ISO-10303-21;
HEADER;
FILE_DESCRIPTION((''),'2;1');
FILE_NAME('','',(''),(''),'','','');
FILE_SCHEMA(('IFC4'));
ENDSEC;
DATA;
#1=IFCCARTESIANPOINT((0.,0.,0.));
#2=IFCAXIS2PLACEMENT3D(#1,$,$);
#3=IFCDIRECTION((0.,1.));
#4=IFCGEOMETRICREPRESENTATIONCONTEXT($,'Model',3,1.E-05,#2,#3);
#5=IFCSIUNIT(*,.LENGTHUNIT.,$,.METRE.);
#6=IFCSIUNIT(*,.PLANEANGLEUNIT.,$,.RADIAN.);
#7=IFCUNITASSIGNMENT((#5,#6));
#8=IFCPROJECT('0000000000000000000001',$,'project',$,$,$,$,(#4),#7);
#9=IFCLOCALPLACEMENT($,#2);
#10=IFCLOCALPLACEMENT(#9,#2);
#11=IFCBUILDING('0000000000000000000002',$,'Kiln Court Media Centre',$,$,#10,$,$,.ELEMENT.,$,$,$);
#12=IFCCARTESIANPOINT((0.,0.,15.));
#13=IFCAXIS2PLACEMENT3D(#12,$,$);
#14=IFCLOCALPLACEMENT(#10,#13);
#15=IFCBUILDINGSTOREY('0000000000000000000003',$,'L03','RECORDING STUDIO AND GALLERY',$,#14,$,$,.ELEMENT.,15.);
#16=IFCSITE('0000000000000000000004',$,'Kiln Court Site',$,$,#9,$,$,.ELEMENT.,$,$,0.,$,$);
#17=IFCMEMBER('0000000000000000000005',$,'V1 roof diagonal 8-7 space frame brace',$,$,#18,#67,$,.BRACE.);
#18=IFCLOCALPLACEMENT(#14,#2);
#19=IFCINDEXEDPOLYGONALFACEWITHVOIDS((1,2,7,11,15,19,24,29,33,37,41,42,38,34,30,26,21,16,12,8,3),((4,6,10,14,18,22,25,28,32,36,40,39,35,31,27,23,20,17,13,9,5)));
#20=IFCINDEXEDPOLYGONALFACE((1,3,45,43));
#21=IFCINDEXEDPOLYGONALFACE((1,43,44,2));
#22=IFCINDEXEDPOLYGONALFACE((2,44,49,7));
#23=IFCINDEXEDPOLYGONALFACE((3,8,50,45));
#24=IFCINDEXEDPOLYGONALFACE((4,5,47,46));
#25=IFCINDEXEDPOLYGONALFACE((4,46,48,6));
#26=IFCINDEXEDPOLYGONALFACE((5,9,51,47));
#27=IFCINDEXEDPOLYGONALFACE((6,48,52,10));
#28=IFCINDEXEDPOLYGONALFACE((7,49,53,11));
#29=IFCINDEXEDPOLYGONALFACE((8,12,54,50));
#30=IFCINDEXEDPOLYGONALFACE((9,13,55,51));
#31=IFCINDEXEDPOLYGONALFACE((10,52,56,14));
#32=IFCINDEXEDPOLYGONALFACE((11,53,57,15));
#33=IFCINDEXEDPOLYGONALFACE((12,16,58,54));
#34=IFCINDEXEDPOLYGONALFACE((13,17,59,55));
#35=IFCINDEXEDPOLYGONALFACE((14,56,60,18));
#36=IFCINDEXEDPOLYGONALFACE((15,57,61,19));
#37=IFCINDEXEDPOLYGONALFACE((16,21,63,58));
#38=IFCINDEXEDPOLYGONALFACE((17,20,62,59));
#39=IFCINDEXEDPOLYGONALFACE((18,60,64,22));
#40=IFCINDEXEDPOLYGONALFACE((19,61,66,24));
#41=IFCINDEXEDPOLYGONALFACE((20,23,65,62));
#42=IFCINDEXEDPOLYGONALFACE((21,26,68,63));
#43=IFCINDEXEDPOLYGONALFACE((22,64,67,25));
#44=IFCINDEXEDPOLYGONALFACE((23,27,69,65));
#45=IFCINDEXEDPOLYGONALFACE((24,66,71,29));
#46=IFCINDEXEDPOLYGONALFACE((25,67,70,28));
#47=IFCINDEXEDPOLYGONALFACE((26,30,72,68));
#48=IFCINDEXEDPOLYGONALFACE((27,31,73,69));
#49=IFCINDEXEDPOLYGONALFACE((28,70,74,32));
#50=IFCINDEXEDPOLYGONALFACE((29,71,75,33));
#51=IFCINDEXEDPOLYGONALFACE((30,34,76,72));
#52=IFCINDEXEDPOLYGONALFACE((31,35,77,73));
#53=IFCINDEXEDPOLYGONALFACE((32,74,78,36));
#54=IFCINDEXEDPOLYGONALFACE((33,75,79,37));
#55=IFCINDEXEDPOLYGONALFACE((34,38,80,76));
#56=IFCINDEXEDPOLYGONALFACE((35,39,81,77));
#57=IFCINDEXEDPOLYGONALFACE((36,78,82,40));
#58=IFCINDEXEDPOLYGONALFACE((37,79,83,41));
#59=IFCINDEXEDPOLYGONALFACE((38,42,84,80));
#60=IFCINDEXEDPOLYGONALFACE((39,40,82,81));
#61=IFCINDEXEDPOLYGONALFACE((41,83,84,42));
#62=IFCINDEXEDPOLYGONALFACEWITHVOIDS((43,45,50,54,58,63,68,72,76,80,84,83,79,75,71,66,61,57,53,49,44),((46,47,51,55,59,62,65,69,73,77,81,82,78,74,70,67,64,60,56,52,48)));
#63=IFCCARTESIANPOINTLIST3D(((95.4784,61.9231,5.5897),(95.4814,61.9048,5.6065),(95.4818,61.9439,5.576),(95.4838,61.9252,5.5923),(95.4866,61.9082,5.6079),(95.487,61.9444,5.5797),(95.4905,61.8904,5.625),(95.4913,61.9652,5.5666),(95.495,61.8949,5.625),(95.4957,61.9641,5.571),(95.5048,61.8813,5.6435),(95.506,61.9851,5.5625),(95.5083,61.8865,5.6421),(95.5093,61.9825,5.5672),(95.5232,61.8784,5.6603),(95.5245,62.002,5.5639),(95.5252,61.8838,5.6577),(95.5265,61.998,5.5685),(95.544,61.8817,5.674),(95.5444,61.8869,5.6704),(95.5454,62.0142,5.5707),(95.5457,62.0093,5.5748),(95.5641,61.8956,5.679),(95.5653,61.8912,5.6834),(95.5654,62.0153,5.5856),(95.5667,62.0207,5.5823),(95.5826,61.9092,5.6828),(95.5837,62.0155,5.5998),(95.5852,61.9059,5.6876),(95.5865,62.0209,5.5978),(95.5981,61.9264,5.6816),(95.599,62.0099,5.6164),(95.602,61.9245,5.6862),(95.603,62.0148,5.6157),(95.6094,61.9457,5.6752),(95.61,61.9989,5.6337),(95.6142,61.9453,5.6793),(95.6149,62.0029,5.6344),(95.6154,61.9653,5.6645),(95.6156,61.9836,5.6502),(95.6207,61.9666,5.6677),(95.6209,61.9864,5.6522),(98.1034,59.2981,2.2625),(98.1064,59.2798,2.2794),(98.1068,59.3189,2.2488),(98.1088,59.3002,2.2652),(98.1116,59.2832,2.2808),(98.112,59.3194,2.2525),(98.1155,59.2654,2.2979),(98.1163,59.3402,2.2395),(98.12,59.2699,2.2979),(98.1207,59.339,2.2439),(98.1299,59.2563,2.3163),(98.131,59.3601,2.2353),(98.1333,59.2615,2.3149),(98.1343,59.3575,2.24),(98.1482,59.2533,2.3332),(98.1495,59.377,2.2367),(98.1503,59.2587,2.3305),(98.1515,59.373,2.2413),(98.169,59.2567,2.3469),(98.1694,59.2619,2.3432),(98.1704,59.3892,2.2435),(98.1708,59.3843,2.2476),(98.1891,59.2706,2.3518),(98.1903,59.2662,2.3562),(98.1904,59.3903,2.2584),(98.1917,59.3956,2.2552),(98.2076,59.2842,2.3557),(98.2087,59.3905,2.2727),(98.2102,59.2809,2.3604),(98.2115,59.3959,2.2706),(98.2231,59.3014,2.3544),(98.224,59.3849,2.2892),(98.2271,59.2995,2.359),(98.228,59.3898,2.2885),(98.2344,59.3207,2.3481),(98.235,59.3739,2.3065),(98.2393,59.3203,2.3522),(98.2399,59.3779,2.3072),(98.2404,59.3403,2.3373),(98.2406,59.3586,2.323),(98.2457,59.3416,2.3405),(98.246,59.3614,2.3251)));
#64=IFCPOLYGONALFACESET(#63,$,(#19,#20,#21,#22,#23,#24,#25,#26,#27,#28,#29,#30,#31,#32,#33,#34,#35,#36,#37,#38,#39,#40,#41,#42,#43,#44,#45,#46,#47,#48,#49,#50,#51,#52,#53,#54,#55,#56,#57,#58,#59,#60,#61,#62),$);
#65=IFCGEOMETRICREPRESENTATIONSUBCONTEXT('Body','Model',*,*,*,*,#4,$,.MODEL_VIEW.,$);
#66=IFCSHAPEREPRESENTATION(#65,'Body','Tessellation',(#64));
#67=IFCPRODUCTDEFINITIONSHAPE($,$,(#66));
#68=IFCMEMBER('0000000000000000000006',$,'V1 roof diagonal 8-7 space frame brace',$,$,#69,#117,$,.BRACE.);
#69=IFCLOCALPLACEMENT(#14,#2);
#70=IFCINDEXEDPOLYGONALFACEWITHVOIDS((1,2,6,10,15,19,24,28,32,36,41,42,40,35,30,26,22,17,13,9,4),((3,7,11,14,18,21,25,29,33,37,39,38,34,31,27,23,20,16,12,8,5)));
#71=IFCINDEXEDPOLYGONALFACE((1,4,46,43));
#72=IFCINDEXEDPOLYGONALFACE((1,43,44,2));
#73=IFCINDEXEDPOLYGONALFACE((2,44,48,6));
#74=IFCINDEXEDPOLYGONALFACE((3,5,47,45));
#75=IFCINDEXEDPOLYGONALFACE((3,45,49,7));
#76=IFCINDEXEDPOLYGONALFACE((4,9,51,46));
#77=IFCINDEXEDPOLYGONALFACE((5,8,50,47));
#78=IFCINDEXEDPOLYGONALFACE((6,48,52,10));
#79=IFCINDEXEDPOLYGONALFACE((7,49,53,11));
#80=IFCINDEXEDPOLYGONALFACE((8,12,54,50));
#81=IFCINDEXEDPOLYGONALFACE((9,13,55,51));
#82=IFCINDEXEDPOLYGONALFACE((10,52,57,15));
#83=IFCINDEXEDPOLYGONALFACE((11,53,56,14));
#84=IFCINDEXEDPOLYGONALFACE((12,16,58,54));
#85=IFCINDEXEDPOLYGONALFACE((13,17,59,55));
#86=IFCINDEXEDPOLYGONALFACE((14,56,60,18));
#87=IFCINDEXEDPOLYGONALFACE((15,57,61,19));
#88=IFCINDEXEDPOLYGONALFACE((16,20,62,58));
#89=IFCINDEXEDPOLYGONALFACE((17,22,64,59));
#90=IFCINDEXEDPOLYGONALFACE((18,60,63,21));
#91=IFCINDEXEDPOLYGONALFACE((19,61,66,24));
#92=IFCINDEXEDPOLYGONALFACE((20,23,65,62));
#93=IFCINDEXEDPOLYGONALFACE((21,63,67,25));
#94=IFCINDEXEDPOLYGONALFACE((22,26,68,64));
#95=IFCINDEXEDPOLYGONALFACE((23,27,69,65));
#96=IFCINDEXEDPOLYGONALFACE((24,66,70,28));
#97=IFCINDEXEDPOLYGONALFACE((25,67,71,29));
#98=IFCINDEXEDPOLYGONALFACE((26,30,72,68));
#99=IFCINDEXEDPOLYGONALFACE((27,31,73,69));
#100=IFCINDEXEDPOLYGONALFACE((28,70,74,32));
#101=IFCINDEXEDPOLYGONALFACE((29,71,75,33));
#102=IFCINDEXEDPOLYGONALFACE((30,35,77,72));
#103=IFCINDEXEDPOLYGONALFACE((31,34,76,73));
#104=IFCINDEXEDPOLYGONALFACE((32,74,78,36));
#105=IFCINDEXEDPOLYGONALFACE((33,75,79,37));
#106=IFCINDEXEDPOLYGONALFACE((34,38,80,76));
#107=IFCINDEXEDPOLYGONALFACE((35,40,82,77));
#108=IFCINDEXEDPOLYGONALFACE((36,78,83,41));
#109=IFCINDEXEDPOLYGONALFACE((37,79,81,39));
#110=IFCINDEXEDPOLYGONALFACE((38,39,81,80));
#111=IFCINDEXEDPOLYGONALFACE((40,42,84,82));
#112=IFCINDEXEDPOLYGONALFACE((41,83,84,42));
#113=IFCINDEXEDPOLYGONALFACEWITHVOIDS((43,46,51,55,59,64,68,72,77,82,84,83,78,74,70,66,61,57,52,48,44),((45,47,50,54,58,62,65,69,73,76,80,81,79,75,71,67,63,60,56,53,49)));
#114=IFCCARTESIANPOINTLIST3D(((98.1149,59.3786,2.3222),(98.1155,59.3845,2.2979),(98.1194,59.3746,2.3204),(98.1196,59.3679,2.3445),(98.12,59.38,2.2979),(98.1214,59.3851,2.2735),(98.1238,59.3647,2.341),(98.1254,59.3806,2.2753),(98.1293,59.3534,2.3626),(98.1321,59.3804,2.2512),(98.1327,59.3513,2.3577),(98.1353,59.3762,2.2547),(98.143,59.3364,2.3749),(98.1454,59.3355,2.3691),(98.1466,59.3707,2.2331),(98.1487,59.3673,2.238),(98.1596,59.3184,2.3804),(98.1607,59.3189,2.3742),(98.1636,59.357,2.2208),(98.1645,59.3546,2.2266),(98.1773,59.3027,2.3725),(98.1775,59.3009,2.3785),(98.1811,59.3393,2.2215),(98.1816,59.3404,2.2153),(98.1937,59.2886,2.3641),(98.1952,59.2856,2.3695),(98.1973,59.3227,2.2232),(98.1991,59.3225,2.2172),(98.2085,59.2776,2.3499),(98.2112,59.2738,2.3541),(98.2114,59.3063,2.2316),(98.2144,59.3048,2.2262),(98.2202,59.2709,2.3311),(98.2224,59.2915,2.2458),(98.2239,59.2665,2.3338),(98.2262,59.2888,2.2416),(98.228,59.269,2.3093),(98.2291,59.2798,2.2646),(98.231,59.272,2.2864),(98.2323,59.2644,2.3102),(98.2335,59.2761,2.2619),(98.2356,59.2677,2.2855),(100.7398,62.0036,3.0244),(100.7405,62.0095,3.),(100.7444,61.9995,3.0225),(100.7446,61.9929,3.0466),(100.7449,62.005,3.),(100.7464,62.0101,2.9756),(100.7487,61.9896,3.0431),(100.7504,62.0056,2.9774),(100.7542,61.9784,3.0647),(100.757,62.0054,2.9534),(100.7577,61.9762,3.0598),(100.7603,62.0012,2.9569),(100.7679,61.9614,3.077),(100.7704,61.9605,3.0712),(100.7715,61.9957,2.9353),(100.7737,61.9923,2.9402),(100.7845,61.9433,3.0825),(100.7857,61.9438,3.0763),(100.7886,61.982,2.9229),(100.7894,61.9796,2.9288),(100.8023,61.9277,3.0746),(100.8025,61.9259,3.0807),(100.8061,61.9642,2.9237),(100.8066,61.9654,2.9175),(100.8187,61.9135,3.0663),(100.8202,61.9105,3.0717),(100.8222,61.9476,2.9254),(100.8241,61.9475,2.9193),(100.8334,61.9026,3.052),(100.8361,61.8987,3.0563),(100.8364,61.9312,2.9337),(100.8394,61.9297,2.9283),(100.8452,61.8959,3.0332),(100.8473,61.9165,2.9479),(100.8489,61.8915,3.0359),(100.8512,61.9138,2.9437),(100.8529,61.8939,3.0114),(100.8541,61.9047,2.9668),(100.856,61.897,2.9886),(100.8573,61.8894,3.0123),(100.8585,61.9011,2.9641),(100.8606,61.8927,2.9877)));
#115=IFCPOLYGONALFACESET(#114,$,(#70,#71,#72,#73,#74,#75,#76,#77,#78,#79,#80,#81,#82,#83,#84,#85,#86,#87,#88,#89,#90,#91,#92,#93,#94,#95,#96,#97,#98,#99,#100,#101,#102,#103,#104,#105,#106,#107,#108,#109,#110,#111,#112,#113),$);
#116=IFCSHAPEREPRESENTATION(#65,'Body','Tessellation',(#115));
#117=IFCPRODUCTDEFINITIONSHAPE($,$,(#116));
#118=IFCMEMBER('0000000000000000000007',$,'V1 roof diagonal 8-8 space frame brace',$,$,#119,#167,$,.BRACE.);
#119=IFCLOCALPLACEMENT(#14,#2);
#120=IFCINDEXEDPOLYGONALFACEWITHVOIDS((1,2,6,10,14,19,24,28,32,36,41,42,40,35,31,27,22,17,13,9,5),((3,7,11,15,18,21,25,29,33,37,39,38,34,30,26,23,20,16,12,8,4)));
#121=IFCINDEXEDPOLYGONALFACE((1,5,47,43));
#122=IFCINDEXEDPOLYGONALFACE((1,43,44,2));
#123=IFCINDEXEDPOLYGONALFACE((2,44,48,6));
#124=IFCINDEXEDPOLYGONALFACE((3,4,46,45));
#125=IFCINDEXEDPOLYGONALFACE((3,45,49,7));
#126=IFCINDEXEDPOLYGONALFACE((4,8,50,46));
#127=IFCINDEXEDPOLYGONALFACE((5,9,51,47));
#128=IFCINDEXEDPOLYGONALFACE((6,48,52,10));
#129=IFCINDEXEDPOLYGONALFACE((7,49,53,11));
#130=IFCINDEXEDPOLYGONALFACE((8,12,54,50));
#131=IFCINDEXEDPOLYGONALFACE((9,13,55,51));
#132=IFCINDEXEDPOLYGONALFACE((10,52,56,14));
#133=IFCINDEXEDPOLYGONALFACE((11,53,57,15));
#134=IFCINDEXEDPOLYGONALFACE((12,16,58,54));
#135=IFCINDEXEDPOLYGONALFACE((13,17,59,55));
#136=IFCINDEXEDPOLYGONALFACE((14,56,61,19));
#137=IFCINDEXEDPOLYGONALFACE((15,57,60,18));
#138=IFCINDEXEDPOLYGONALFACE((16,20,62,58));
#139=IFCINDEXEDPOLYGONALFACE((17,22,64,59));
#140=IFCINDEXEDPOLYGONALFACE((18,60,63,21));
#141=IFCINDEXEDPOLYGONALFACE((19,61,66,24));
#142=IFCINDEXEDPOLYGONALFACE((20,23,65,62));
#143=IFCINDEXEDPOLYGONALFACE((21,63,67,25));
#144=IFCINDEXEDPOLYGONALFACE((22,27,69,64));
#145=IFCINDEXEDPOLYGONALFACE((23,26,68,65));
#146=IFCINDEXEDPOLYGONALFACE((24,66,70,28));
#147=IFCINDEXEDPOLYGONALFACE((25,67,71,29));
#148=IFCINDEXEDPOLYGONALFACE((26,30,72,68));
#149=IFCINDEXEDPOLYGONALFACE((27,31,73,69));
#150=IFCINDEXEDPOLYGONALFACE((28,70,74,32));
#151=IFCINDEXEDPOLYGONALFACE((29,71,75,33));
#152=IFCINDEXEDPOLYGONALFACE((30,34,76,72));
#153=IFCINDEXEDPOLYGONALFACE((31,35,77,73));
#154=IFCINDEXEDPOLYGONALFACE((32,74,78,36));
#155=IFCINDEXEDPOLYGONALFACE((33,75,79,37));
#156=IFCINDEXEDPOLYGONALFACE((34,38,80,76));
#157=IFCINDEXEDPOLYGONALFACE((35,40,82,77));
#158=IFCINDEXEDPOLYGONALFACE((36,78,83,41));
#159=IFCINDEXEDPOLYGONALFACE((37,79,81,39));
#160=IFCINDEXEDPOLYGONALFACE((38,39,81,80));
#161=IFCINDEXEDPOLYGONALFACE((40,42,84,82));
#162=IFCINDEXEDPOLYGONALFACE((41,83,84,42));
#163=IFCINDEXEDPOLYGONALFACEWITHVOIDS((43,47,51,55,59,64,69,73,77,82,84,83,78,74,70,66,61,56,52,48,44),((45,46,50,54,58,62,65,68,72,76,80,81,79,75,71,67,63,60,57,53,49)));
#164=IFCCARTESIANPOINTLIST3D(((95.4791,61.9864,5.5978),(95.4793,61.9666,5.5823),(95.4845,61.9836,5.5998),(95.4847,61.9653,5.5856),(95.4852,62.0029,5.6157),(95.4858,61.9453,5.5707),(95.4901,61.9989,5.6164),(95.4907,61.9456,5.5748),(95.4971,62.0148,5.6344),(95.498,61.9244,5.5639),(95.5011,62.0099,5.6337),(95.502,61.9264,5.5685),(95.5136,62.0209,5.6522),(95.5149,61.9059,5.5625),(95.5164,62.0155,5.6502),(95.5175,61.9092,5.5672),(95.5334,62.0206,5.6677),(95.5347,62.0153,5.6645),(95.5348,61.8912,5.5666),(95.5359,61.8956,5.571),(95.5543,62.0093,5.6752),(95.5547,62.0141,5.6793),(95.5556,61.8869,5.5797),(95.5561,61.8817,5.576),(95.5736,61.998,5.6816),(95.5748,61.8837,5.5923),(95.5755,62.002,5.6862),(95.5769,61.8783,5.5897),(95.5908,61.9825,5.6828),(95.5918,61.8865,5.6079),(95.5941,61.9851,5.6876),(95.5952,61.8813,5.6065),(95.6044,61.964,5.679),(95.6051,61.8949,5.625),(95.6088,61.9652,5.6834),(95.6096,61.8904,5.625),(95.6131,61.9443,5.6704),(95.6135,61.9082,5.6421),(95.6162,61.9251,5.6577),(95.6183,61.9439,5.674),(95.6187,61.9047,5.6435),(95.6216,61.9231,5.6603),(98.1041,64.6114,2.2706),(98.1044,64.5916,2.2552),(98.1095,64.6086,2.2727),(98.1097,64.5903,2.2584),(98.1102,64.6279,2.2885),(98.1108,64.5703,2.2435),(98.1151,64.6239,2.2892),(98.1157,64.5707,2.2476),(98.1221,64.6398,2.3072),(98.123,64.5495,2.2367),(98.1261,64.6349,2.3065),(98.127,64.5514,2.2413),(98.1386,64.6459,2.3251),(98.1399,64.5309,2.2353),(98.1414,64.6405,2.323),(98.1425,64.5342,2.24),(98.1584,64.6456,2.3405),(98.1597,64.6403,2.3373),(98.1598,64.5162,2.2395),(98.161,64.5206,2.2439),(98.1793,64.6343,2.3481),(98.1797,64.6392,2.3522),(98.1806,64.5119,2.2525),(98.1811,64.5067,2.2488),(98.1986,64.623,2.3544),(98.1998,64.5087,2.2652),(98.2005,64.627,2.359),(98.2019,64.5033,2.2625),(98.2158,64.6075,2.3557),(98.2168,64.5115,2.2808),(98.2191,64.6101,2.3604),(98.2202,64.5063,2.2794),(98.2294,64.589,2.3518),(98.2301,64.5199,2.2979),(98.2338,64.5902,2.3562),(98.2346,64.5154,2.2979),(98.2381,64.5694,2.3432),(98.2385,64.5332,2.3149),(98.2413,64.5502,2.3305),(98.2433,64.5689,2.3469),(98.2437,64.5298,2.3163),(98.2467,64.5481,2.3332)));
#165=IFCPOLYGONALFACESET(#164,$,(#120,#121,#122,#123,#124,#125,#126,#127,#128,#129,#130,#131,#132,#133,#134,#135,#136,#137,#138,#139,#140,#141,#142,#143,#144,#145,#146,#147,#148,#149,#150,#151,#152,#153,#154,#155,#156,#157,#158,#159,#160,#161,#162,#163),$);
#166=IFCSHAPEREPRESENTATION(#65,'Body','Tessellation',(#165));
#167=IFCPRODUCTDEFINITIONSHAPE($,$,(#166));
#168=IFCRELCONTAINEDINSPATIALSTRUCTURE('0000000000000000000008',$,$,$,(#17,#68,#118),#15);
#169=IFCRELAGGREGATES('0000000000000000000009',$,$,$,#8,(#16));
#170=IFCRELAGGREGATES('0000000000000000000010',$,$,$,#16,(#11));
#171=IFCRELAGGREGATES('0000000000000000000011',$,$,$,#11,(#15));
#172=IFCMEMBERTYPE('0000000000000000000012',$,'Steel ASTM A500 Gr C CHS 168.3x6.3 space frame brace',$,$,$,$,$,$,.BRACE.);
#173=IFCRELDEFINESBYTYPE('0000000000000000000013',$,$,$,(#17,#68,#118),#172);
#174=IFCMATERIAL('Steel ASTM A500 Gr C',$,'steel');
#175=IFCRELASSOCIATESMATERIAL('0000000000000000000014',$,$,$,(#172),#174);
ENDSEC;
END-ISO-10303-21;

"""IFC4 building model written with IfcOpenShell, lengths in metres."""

from ifc_helpers import new_model, si_unit, direction, frame, origin, origin_2d, place, context, subcontext, project, spatial, hollow_circle, extrude, material, material_profile, profile_set, type_object, element, save


model = new_model("IFC4")

# Units and contexts
model_context = context("Model", 3, precision=1e-05, world=origin(), true_north=direction((0.0, 1.0)))
body_context = subcontext(model_context, "Body", "Model", "MODEL_VIEW")
ifc_project = project(units=[si_unit("LENGTHUNIT", "METRE"), si_unit("PLANEANGLEUNIT", "RADIAN")], contexts=[model_context])

# Site, building, storey
site_placement = place(None, origin())
site = spatial("IfcSite", under=ifc_project, at=site_placement, Name="Kiln Court Site", CompositionType="ELEMENT", RefElevation=0.0)
building_placement = place(site_placement, origin())
building = spatial("IfcBuilding", under=site, at=building_placement, Name="Kiln Court Media Centre", CompositionType="ELEMENT")
storey_placement = place(building_placement, frame((0.0, 0.0, 15.0)))
storey = spatial("IfcBuildingStorey", under=building, at=storey_placement, Name="L03", Description="RECORDING STUDIO AND GALLERY", CompositionType="ELEMENT", Elevation=15.0)

# Members
ifc_material_1 = material(Name="Steel ASTM A500 Gr C", Category="steel")
ifc_material_profile_1 = material_profile(ifc_material_1, hollow_circle(Radius=0.0842, WallThickness=0.0063, at=origin_2d()), Name="CHS 168.3x6.3")
ifc_profile_set_1 = profile_set([ifc_material_profile_1], Name="Steel ASTM A500 Gr C")
member_type_1 = type_object("IfcMemberType", Name="Steel ASTM A500 Gr C CHS 168.3x6.3 space frame brace", PredefinedType="BRACE", material=ifc_profile_set_1)
member_1_placement = place(storey_placement, frame((98.175, 59.325, 2.2979), z_axis=(-0.52657, 0.52657, 0.667419), x_axis=(-0.707107, -0.707107, 0.0)))
element("IfcMember", 1, at=member_1_placement, inside=storey, type_object=member_type_1, Name="V1 roof diagonal 8-7 space frame brace", PredefinedType="BRACE", context=body_context, shape_type="SweptSolid", body=[
    extrude(hollow_circle(Radius=0.0842, WallThickness=0.0063, at=origin_2d()), origin(), (0.0, 0.0, 1.0), 4.9851),
])
member_2_placement = place(storey_placement, frame((98.175, 59.325, 2.2979), z_axis=(0.694788, 0.694788, 0.185846), x_axis=(-0.707107, 0.707107, 0.0)))
element("IfcMember", 2, at=member_2_placement, inside=storey, type_object=member_type_1, Name="V1 roof diagonal 8-7 space frame brace", PredefinedType="BRACE", context=body_context, shape_type="SweptSolid", body=[
    extrude(hollow_circle(Radius=0.0842, WallThickness=0.0063, at=origin_2d()), origin(), (0.0, 0.0, 1.0), 3.7781),
])
member_3_placement = place(storey_placement, frame((98.175, 64.575, 2.2979), z_axis=(-0.52657, -0.52657, 0.667419), x_axis=(0.707107, -0.707107, 0.0)))
element("IfcMember", 3, at=member_3_placement, inside=storey, type_object=member_type_1, Name="V1 roof diagonal 8-8 space frame brace", PredefinedType="BRACE", context=body_context, shape_type="SweptSolid", body=[
    extrude(hollow_circle(Radius=0.0842, WallThickness=0.0063, at=origin_2d()), origin(), (0.0, 0.0, 1.0), 4.9851),
])

save(model, "model.ifc")
